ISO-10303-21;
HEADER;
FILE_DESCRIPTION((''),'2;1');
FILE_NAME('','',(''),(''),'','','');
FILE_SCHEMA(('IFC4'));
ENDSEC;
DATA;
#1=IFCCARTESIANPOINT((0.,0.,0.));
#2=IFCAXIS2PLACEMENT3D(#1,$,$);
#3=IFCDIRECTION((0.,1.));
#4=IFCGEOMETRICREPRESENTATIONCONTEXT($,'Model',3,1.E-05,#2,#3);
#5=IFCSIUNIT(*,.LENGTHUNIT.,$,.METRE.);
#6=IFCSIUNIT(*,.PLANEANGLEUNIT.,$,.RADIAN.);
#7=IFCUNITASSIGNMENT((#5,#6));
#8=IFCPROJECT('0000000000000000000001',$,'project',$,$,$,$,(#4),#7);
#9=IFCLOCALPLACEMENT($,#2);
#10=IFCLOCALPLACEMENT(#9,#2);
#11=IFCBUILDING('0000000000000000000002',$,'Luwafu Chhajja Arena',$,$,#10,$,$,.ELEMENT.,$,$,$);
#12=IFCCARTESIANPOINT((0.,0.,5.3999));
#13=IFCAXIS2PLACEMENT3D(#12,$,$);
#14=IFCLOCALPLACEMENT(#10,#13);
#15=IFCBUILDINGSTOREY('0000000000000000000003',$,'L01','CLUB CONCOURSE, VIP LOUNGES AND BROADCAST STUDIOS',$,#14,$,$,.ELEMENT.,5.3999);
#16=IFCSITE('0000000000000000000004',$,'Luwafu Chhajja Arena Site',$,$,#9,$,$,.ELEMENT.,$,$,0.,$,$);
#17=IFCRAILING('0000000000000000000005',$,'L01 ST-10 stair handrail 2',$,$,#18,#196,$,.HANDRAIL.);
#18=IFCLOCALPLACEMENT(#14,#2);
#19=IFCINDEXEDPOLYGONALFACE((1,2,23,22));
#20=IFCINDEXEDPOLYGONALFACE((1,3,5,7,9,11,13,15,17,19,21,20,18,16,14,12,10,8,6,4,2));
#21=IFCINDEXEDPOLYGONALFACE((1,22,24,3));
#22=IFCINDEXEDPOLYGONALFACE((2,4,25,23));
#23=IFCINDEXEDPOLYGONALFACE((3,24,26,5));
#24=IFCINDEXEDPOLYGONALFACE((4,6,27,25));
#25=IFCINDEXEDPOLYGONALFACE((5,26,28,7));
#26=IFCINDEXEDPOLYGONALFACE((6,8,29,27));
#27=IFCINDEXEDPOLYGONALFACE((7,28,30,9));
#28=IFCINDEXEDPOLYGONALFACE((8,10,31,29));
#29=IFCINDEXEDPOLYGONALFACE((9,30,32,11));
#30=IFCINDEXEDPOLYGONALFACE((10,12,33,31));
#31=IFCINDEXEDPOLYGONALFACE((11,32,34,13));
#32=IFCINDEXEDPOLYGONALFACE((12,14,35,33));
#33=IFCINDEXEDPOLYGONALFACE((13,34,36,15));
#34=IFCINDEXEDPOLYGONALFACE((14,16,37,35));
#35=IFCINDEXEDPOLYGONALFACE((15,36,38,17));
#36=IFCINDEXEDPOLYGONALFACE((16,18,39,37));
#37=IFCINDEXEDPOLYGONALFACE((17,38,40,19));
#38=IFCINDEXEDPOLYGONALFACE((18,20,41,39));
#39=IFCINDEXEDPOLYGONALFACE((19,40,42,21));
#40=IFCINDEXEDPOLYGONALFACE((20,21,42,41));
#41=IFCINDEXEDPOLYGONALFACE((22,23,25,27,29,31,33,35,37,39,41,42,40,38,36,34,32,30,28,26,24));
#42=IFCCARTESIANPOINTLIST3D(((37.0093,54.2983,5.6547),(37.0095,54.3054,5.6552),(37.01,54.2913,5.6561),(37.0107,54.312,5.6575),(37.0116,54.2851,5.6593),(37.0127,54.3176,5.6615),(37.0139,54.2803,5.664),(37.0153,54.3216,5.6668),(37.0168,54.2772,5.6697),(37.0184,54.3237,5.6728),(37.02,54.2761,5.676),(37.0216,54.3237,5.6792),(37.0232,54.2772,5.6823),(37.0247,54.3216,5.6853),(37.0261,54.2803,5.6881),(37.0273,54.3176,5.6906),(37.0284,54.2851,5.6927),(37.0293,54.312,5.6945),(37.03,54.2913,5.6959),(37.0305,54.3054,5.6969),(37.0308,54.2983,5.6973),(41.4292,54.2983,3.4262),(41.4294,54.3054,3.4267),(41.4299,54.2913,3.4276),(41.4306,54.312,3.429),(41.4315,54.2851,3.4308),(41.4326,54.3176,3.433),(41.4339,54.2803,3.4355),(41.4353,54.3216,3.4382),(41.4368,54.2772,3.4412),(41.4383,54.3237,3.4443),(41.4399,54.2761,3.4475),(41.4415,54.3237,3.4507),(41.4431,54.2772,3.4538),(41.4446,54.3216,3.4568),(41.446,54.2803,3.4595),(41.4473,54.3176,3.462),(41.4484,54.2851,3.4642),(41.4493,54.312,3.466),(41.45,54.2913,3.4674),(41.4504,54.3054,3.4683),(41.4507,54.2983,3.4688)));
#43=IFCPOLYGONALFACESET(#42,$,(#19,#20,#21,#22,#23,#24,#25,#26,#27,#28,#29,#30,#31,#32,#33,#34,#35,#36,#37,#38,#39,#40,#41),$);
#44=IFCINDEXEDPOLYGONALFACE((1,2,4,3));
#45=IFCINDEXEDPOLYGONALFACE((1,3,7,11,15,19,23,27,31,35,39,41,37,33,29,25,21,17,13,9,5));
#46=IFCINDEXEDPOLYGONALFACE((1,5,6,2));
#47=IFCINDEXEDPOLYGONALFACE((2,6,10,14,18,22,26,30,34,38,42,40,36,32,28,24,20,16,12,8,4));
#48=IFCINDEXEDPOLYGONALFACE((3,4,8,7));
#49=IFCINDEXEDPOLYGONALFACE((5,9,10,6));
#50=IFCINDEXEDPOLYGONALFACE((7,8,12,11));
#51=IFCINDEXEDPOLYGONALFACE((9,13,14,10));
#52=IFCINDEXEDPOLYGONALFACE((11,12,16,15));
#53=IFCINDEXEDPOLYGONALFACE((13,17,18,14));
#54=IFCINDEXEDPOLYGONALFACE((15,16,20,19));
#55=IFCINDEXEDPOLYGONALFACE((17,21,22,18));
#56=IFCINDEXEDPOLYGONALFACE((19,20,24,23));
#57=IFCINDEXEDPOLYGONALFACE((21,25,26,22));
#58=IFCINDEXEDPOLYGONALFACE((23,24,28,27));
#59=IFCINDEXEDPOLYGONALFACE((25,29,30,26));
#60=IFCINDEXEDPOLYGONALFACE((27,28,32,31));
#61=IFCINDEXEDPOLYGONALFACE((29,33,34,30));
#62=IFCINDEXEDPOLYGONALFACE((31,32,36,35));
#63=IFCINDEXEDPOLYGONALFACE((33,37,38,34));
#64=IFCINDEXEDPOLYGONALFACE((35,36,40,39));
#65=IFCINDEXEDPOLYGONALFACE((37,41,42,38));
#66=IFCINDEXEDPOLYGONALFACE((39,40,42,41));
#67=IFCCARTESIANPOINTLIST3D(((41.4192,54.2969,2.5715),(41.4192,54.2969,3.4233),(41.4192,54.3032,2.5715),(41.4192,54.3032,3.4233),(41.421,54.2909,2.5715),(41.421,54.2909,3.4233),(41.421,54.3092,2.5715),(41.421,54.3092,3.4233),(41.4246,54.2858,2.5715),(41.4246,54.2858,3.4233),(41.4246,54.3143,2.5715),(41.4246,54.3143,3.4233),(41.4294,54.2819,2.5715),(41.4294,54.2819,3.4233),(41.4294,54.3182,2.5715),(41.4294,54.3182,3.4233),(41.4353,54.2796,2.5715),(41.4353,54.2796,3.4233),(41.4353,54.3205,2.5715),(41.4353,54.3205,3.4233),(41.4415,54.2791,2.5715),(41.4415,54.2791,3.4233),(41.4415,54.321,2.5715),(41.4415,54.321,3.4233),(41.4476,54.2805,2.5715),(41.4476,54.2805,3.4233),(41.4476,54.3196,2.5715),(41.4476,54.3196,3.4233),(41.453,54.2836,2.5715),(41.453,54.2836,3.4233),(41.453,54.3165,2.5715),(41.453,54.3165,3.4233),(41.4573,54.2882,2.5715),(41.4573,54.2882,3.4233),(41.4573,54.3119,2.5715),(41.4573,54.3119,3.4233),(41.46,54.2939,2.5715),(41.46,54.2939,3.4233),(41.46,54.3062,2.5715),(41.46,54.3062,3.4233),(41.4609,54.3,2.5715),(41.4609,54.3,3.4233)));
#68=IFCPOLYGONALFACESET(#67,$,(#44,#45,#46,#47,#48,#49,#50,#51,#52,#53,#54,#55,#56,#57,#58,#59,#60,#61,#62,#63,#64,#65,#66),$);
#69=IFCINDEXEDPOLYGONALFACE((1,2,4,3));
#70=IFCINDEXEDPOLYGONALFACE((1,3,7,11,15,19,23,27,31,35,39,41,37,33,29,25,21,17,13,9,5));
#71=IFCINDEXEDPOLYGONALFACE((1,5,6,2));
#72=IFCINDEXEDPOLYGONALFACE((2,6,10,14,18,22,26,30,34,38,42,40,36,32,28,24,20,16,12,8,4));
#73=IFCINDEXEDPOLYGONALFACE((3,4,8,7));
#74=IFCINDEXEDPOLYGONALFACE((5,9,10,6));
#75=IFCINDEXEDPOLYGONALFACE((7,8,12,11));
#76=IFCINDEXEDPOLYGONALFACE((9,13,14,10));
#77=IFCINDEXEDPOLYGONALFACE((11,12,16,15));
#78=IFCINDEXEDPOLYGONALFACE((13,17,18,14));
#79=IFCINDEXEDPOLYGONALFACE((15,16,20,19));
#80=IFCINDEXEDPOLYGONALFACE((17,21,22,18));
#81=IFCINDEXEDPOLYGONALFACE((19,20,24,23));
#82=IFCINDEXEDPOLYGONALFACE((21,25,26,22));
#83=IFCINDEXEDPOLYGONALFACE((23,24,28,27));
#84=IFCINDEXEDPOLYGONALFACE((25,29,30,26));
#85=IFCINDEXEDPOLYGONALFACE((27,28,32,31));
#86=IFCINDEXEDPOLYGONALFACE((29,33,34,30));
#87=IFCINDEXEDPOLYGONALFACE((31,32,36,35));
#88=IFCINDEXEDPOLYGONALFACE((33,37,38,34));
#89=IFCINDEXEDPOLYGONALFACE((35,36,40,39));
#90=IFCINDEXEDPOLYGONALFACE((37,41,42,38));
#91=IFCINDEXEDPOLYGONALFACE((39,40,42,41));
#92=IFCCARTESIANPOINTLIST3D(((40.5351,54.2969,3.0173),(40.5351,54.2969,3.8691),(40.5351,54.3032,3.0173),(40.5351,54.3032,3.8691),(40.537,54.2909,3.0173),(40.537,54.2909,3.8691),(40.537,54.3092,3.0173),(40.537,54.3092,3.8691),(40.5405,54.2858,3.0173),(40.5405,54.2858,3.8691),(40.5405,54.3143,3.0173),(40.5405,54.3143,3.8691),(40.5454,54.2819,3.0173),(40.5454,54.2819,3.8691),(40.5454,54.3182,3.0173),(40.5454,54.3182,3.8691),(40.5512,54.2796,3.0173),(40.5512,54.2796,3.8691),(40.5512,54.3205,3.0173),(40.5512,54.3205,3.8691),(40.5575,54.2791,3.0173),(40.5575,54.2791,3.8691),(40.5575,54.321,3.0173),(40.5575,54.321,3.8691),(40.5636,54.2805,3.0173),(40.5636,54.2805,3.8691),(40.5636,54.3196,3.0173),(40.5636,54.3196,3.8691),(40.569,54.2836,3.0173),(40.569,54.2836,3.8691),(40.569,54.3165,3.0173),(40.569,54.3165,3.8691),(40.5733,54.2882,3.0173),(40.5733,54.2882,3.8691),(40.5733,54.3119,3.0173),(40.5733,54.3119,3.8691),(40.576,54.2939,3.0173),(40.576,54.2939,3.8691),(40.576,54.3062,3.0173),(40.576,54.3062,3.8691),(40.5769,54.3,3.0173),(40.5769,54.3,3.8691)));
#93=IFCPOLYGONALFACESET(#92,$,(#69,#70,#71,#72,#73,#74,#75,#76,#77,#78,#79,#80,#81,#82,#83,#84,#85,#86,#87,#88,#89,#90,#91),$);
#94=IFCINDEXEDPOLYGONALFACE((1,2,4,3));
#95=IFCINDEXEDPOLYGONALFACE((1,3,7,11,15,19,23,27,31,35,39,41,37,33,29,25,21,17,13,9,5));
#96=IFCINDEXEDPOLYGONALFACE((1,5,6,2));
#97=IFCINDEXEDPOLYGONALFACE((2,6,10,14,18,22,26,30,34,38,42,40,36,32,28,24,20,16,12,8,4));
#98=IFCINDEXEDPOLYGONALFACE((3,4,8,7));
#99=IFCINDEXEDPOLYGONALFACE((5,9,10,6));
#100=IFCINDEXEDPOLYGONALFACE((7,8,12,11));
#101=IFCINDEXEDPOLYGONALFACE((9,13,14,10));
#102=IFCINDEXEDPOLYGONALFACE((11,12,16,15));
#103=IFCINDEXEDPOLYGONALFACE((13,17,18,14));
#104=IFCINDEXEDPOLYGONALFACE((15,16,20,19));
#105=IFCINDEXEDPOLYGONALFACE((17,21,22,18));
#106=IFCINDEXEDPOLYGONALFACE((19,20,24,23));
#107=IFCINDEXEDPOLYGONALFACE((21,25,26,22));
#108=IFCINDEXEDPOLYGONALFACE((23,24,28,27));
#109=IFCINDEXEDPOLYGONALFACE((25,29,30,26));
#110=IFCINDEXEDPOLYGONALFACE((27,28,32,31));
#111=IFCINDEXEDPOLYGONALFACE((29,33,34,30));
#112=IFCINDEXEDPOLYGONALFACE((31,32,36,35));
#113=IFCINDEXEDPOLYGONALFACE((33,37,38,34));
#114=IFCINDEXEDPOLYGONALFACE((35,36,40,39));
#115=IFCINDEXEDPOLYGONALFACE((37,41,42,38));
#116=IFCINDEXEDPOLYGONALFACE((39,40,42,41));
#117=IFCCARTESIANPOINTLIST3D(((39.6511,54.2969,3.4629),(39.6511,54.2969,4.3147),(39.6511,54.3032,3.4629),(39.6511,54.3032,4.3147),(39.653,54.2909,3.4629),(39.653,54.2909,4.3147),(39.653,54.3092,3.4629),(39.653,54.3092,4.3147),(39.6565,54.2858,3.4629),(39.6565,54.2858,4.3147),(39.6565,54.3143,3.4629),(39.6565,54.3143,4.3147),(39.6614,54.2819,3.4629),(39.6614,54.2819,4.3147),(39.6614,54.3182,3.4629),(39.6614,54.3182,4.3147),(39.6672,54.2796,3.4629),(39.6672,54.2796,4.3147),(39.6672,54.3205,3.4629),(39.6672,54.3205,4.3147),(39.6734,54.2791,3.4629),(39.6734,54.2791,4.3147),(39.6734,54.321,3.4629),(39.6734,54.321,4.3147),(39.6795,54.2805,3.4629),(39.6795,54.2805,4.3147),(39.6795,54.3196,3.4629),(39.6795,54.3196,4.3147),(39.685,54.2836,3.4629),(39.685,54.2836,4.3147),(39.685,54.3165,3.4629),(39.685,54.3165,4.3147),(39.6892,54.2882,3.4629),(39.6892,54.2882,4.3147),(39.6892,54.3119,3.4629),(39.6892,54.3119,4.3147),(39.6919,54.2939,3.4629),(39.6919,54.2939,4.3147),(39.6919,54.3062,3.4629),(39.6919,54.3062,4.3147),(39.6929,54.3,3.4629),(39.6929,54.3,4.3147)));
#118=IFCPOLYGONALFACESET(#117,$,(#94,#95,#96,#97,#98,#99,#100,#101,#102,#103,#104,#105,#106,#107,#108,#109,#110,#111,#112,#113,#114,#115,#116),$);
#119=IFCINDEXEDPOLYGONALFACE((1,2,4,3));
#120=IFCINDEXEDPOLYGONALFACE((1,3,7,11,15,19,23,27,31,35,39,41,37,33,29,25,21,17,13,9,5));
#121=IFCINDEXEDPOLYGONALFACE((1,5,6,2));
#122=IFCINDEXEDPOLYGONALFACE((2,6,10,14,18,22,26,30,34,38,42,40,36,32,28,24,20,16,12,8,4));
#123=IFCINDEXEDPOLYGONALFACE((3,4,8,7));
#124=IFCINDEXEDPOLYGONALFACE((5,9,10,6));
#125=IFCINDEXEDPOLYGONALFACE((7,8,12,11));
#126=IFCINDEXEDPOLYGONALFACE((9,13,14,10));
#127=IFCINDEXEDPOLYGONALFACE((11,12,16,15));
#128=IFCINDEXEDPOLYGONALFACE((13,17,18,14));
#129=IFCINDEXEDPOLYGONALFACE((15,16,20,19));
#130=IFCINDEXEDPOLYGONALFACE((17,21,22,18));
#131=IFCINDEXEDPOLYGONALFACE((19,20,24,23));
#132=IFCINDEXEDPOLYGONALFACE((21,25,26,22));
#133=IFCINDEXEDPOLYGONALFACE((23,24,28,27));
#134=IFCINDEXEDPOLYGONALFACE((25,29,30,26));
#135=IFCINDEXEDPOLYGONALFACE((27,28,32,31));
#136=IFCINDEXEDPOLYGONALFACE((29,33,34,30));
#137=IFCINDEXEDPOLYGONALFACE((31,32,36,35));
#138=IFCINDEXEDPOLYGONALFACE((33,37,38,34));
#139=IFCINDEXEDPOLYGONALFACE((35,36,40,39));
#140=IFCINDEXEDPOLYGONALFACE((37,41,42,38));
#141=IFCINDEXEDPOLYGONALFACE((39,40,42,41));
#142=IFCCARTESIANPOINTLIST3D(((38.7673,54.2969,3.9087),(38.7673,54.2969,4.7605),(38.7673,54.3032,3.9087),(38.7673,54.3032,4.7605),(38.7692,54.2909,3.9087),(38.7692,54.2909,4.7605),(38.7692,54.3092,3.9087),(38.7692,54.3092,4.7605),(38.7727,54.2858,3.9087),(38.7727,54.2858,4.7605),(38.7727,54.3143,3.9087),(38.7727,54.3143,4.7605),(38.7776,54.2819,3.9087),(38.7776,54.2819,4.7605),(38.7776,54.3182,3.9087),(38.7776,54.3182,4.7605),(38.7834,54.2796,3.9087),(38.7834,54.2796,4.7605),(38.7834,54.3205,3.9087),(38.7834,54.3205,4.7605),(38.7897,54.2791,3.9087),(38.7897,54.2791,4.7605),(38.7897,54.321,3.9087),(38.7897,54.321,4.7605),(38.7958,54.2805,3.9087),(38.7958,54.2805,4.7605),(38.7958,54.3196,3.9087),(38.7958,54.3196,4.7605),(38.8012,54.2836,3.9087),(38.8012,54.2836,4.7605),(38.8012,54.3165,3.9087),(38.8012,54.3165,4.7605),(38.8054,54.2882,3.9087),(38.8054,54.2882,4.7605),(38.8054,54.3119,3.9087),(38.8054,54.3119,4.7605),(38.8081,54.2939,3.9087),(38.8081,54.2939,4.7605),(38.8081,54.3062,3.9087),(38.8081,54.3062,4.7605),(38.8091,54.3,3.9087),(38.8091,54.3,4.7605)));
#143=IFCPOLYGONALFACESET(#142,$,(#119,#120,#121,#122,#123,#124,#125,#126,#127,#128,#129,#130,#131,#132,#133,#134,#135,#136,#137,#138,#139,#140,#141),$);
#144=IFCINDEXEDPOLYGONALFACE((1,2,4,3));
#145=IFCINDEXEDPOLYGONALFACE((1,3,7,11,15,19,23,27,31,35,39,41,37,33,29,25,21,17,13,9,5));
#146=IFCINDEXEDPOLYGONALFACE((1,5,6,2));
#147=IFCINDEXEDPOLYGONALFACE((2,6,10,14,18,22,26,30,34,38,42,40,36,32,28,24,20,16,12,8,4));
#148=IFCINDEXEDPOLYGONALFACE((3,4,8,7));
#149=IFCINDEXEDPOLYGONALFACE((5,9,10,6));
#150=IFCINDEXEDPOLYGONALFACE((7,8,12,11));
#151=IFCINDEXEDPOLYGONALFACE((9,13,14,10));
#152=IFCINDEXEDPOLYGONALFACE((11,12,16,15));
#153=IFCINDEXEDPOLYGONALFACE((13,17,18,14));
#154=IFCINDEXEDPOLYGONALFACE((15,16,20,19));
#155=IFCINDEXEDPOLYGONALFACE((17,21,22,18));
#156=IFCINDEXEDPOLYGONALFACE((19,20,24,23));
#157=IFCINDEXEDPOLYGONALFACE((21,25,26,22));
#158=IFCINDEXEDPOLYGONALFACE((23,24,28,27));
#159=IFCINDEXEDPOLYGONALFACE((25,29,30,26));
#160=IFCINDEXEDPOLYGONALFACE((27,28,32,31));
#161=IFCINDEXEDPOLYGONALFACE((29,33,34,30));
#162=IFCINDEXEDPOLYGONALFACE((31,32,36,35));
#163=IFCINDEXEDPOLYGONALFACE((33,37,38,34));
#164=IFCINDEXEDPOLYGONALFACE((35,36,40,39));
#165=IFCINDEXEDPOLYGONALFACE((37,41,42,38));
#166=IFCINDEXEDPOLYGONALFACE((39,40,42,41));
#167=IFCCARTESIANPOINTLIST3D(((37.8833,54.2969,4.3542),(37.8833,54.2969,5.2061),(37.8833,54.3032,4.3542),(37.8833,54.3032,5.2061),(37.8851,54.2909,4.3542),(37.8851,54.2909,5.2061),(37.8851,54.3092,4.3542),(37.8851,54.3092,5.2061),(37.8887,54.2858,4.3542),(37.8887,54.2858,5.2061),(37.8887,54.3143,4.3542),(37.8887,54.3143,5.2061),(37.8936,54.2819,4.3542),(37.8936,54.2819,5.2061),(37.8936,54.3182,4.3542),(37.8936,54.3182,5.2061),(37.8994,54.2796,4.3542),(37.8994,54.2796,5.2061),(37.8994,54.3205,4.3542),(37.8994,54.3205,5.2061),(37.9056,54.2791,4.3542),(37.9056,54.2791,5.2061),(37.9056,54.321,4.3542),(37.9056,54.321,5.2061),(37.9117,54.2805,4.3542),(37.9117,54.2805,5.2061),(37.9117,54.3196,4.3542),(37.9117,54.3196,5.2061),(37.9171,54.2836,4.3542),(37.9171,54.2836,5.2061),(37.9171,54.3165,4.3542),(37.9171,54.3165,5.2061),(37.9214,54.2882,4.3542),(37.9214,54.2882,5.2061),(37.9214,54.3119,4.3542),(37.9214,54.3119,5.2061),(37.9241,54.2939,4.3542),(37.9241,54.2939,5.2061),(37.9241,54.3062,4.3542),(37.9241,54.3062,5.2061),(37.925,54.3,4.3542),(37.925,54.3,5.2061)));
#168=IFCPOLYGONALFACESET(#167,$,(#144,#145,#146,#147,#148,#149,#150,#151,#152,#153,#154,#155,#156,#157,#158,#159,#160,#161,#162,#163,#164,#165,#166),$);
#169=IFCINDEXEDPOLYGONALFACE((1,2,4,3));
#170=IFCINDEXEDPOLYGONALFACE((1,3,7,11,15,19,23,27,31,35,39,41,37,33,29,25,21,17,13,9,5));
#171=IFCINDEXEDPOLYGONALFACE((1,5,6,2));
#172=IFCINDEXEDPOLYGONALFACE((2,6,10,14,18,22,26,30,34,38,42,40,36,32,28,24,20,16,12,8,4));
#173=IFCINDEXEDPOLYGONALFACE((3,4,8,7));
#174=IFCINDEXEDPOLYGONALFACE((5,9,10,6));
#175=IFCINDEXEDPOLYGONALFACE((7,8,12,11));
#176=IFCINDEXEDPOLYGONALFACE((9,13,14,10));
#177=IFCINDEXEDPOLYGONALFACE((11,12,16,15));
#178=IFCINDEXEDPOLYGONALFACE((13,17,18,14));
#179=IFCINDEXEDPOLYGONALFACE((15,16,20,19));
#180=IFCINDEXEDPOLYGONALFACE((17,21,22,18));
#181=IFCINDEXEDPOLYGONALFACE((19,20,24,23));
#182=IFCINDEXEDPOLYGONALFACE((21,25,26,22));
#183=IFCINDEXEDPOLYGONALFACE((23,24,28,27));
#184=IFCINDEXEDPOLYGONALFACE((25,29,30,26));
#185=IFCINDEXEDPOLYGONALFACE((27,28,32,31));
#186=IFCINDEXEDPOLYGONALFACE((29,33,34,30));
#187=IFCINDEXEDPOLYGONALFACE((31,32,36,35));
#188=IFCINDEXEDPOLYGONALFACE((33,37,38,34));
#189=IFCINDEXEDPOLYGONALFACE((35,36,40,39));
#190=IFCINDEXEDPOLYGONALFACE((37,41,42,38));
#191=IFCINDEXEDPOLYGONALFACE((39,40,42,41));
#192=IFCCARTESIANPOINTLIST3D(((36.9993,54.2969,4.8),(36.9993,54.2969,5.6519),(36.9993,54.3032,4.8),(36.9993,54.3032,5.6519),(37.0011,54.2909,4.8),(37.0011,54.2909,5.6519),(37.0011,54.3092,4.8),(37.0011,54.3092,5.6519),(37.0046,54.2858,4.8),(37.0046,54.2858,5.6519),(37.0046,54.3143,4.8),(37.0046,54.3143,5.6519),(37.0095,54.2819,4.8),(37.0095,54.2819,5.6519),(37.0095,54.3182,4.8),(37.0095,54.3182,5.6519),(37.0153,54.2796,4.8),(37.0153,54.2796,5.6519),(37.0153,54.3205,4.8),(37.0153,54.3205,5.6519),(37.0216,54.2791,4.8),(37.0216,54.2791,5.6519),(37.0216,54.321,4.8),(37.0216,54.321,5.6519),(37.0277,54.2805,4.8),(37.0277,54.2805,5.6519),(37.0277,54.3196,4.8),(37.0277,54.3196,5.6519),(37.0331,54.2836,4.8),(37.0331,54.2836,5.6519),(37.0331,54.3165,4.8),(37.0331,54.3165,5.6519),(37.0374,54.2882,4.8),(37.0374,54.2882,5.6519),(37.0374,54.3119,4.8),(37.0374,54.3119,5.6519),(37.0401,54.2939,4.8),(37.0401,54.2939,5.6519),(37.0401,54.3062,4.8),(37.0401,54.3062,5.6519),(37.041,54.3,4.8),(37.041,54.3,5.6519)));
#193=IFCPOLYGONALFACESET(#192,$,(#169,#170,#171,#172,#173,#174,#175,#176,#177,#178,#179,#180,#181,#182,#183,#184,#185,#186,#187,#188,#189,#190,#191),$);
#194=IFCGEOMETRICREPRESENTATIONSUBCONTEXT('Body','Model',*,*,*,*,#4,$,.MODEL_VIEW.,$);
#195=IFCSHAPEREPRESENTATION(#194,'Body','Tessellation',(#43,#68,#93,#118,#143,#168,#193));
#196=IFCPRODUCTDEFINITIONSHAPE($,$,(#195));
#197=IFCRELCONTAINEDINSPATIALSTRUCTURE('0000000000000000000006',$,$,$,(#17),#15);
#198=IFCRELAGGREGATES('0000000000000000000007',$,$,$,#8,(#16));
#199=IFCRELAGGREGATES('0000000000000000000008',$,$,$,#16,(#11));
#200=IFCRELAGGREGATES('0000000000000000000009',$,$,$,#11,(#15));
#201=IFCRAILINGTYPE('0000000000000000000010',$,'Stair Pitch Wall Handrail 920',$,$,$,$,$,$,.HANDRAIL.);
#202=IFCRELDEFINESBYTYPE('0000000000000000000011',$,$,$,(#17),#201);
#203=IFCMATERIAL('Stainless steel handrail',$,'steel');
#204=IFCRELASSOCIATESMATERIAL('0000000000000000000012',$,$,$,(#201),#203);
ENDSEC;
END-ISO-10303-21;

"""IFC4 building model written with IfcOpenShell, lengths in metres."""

from ifc_helpers import new_model, si_unit, direction, frame, origin, origin_2d, place, context, subcontext, project, spatial, circle, extrude, material, type_object, element, save


model = new_model("IFC4")

# Units and contexts
model_context = context("Model", 3, precision=1e-05, world=origin(), true_north=direction((0.0, 1.0)))
body_context = subcontext(model_context, "Body", "Model", "MODEL_VIEW")
ifc_project = project(units=[si_unit("LENGTHUNIT", "METRE"), si_unit("PLANEANGLEUNIT", "RADIAN")], contexts=[model_context])

# Site, building, storey
site_placement = place(None, origin())
site = spatial("IfcSite", under=ifc_project, at=site_placement, Name="Luwafu Chhajja Arena Site", CompositionType="ELEMENT", RefElevation=0.0)
building_placement = place(site_placement, origin())
building = spatial("IfcBuilding", under=site, at=building_placement, Name="Luwafu Chhajja Arena", CompositionType="ELEMENT")
storey_placement = place(building_placement, frame((0.0, 0.0, 5.3999)))
storey = spatial("IfcBuildingStorey", under=building, at=storey_placement, Name="L01", Description="CLUB CONCOURSE, VIP LOUNGES AND BROADCAST STUDIOS", CompositionType="ELEMENT", Elevation=5.3999)

# Railing
ifc_material_1 = material(Name="Stainless steel handrail", Category="steel")
railing_type_1 = type_object("IfcRailingType", Name="Stair Pitch Wall Handrail 920", PredefinedType="HANDRAIL", material=ifc_material_1)
railing_1_placement = place(storey_placement, frame((41.4399, 54.3, 2.5715)))
element("IfcRailing", 1, at=railing_1_placement, inside=storey, type_object=railing_type_1, Name="L01 ST-10 stair handrail 2", PredefinedType="HANDRAIL", context=body_context, shape_type="SweptSolid", body=[
    extrude(circle(Radius=0.0239, at=origin_2d()), frame((0.0, 0.0, 0.876), z_axis=(-0.892923, 0.0, 0.45021), x_axis=(0.0, -1.0, 0.0)), (0.0, 0.0, 1.0), 4.95),
    extrude(circle(Radius=0.021, at=origin_2d()), origin(), (0.0, 0.0, 1.0), 0.8518),
    extrude(circle(Radius=0.021, at=origin_2d()), frame((-0.884, 0.0, 0.4458)), (0.0, 0.0, 1.0), 0.8518),
    extrude(circle(Radius=0.021, at=origin_2d()), frame((-1.7681, 0.0, 0.8914)), (0.0, 0.0, 1.0), 0.8518),
    extrude(circle(Radius=0.021, at=origin_2d()), frame((-2.6519, 0.0, 1.3372)), (0.0, 0.0, 1.0), 0.8518),
    extrude(circle(Radius=0.021, at=origin_2d()), frame((-3.5359, 0.0, 1.7827)), (0.0, 0.0, 1.0), 0.8518),
    extrude(circle(Radius=0.021, at=origin_2d()), frame((-4.4199, 0.0, 2.2285)), (0.0, 0.0, 1.0), 0.8518),
])

save(model, "model.ifc")
